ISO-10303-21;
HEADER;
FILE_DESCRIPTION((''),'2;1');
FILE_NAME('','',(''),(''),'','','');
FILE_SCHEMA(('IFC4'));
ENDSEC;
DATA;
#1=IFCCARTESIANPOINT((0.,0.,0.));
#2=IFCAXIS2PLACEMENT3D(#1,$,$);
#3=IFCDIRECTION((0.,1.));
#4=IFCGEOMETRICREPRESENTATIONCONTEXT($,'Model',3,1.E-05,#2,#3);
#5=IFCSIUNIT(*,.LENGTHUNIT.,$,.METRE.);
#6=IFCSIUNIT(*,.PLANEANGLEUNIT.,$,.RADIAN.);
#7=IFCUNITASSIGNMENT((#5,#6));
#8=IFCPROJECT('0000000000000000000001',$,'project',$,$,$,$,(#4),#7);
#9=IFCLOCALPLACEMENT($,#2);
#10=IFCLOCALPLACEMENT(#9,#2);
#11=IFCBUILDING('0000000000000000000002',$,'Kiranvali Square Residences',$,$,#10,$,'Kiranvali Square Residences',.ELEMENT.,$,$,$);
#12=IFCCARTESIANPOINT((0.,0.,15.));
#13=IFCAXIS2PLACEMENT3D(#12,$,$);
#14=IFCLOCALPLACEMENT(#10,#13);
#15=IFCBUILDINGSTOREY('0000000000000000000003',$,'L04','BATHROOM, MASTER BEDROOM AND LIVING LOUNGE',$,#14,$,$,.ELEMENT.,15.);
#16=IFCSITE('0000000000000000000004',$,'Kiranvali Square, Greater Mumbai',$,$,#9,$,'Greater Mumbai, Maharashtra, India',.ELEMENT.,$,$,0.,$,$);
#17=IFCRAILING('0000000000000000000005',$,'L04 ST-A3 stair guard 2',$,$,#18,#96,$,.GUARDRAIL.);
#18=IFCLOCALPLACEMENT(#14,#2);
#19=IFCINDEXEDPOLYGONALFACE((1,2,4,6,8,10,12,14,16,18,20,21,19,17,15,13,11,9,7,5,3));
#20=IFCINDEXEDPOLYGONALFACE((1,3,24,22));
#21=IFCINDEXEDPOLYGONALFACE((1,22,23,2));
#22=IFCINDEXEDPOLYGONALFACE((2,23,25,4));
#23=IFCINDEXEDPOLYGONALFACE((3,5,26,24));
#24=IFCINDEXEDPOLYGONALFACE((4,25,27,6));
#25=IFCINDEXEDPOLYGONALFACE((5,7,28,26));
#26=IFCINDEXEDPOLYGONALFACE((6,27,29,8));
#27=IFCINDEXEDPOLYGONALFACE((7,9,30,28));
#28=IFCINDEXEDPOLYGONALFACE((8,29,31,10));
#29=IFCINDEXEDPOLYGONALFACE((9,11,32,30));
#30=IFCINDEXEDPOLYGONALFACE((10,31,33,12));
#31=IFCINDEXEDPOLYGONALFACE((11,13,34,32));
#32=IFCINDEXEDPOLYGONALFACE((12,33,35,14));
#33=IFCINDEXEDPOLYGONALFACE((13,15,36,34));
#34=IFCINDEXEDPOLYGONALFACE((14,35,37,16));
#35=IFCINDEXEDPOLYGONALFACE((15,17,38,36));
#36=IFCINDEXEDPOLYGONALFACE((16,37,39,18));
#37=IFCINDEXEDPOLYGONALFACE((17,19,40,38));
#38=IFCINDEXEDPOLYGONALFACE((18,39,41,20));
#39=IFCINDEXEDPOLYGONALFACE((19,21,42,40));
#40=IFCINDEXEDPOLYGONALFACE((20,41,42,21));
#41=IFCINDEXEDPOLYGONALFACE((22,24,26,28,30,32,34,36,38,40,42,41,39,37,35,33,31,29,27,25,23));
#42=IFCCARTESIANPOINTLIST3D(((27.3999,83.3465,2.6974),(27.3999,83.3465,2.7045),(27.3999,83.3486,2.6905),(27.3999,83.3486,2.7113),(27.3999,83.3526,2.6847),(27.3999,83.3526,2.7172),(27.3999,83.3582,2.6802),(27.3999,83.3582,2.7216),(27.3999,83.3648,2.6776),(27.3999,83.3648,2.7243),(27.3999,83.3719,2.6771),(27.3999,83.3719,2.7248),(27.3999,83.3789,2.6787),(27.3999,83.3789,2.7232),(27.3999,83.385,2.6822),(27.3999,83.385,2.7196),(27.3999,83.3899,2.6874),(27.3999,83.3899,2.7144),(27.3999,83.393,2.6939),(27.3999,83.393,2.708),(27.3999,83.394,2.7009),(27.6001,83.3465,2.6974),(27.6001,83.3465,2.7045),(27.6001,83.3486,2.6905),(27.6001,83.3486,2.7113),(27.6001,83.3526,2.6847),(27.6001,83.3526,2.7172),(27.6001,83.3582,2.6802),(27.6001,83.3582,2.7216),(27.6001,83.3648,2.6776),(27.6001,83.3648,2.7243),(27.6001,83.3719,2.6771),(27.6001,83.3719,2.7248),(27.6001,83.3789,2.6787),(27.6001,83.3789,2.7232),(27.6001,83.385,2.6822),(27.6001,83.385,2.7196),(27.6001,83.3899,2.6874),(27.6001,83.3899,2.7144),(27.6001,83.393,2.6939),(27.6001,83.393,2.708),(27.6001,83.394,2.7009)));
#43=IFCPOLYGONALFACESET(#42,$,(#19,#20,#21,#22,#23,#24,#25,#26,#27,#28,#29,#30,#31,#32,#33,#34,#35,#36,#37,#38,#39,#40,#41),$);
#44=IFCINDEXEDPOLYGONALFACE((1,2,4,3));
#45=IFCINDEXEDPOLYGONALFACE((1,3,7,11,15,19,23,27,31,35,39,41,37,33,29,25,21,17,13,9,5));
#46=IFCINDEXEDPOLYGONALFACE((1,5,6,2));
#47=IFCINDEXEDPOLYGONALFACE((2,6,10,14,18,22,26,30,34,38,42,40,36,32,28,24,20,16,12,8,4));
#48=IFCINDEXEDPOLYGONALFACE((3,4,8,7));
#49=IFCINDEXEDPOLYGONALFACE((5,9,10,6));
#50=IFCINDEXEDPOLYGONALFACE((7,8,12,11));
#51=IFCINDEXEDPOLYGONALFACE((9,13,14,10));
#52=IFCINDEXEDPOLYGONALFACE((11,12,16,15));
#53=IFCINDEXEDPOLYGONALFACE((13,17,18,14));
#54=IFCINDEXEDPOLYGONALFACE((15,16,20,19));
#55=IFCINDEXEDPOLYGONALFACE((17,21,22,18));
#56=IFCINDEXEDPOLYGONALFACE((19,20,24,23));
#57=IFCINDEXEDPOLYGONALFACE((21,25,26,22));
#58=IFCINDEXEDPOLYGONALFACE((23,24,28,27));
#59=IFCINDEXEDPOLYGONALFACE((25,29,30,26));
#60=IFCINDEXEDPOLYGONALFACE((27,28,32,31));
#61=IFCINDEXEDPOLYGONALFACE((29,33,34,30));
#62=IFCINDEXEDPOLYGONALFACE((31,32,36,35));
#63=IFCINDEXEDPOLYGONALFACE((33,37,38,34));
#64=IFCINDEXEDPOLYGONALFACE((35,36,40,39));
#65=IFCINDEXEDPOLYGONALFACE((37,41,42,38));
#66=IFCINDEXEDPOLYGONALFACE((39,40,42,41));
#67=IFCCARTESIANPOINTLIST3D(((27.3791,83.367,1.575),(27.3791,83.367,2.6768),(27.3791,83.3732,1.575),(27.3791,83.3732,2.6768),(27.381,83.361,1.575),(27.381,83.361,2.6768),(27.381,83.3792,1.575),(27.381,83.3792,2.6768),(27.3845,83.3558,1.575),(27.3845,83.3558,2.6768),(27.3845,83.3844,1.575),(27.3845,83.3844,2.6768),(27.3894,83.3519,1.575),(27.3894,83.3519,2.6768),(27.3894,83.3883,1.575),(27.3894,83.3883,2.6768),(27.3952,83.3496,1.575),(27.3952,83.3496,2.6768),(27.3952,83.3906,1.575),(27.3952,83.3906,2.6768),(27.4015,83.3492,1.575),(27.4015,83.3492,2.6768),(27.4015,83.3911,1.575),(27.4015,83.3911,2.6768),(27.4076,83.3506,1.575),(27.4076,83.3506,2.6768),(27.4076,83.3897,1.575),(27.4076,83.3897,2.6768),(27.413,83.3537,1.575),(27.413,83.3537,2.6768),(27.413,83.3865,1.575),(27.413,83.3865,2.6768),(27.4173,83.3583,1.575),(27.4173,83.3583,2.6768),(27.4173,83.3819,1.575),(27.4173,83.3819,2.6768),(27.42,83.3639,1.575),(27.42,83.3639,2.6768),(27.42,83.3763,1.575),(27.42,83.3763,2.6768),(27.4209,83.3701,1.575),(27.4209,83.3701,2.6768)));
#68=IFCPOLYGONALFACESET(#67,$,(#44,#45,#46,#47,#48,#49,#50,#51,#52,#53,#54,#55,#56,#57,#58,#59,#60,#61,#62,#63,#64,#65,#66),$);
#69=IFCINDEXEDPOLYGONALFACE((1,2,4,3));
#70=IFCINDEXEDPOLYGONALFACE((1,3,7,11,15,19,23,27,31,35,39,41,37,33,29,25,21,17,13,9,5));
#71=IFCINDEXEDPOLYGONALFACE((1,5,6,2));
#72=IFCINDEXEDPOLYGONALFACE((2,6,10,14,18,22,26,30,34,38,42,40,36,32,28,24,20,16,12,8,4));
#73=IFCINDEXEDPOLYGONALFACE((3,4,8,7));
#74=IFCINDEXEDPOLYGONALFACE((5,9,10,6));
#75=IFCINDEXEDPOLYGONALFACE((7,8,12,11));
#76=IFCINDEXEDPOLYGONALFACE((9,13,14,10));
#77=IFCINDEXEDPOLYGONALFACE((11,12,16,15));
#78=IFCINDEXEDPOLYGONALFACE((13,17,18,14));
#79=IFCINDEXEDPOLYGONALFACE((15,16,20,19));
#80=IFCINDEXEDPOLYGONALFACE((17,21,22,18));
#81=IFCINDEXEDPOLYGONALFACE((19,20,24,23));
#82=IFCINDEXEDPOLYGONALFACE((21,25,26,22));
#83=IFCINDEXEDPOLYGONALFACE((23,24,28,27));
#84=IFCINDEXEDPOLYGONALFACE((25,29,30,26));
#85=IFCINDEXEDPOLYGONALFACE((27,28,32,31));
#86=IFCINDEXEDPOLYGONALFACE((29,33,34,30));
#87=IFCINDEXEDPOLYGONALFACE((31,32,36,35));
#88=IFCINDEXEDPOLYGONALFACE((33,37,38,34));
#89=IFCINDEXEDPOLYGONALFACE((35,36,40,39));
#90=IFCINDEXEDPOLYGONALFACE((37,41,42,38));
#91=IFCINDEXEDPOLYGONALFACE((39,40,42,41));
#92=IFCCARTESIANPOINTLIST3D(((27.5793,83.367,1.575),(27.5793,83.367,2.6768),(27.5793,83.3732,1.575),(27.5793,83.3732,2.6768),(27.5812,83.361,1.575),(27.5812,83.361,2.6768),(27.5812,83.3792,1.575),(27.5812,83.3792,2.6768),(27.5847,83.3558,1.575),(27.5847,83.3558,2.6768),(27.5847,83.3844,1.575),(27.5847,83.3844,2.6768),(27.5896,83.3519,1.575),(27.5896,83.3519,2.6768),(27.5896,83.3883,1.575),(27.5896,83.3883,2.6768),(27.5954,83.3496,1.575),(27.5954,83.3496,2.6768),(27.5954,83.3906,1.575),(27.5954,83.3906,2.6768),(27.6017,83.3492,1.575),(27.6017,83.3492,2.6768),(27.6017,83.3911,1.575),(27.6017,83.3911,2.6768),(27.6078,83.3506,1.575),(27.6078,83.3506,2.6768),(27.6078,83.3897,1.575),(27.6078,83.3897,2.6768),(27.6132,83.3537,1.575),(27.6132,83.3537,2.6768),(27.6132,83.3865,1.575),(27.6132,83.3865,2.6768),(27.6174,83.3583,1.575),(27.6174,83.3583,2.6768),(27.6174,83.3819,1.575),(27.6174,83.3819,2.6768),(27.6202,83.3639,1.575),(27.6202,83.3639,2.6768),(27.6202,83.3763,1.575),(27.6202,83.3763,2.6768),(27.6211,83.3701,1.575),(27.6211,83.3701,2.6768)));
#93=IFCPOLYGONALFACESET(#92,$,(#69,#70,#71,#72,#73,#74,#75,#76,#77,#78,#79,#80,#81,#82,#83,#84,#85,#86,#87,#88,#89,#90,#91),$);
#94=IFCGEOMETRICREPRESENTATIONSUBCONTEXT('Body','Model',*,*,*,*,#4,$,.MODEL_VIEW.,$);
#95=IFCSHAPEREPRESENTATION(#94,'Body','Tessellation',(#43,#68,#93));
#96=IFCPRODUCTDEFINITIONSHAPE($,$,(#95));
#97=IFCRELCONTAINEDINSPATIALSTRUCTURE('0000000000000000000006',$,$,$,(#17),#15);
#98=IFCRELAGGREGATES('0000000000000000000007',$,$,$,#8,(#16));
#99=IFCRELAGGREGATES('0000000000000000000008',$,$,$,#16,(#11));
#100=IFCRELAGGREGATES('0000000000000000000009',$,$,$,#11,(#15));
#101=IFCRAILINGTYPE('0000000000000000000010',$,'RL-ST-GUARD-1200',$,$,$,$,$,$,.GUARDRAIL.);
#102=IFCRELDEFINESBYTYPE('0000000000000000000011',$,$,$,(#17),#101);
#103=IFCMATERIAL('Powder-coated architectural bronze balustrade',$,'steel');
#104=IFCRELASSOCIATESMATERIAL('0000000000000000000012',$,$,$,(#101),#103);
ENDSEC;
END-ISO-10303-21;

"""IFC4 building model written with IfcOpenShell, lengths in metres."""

from ifc_helpers import new_model, si_unit, direction, frame, origin, origin_2d, place, context, subcontext, project, spatial, circle, extrude, material, type_object, element, save


model = new_model("IFC4")

# Units and contexts
model_context = context("Model", 3, precision=1e-05, world=origin(), true_north=direction((0.0, 1.0)))
body_context = subcontext(model_context, "Body", "Model", "MODEL_VIEW")
ifc_project = project(units=[si_unit("LENGTHUNIT", "METRE"), si_unit("PLANEANGLEUNIT", "RADIAN")], contexts=[model_context])

# Site, building, storey
site_placement = place(None, origin())
site = spatial("IfcSite", under=ifc_project, at=site_placement, Name="Kiranvali Square, Greater Mumbai", LongName="Greater Mumbai, Maharashtra, India", CompositionType="ELEMENT", RefElevation=0.0)
building_placement = place(site_placement, origin())
building = spatial("IfcBuilding", under=site, at=building_placement, Name="Kiranvali Square Residences", LongName="Kiranvali Square Residences", CompositionType="ELEMENT")
storey_placement = place(building_placement, frame((0.0, 0.0, 15.0)))
storey = spatial("IfcBuildingStorey", under=building, at=storey_placement, Name="L04", Description="BATHROOM, MASTER BEDROOM AND LIVING LOUNGE", CompositionType="ELEMENT", Elevation=15.0)

# Railing
ifc_material_1 = material(Name="Powder-coated architectural bronze balustrade", Category="steel")
railing_type_1 = type_object("IfcRailingType", Name="RL-ST-GUARD-1200", PredefinedType="GUARDRAIL", material=ifc_material_1)
railing_1_placement = place(storey_placement, frame((27.3999, 83.3701, 1.575)))
element("IfcRailing", 1, at=railing_1_placement, inside=storey, type_object=railing_type_1, Name="L04 ST-A3 stair guard 2", PredefinedType="GUARDRAIL", context=body_context, shape_type="SweptSolid", body=[
    extrude(circle(Radius=0.0239, at=origin_2d()), frame((0.0, 0.0, 1.126), z_axis=(1.0, 0.0, 0.0), x_axis=(0.0, 1.0, 0.0)), (0.0, 0.0, 1.0), 0.2002),
    extrude(circle(Radius=0.021, at=origin_2d()), origin(), (0.0, 0.0, 1.0), 1.1018),
    extrude(circle(Radius=0.021, at=origin_2d()), frame((0.2002, 0.0, 0.0)), (0.0, 0.0, 1.0), 1.1018),
])

save(model, "model.ifc")
